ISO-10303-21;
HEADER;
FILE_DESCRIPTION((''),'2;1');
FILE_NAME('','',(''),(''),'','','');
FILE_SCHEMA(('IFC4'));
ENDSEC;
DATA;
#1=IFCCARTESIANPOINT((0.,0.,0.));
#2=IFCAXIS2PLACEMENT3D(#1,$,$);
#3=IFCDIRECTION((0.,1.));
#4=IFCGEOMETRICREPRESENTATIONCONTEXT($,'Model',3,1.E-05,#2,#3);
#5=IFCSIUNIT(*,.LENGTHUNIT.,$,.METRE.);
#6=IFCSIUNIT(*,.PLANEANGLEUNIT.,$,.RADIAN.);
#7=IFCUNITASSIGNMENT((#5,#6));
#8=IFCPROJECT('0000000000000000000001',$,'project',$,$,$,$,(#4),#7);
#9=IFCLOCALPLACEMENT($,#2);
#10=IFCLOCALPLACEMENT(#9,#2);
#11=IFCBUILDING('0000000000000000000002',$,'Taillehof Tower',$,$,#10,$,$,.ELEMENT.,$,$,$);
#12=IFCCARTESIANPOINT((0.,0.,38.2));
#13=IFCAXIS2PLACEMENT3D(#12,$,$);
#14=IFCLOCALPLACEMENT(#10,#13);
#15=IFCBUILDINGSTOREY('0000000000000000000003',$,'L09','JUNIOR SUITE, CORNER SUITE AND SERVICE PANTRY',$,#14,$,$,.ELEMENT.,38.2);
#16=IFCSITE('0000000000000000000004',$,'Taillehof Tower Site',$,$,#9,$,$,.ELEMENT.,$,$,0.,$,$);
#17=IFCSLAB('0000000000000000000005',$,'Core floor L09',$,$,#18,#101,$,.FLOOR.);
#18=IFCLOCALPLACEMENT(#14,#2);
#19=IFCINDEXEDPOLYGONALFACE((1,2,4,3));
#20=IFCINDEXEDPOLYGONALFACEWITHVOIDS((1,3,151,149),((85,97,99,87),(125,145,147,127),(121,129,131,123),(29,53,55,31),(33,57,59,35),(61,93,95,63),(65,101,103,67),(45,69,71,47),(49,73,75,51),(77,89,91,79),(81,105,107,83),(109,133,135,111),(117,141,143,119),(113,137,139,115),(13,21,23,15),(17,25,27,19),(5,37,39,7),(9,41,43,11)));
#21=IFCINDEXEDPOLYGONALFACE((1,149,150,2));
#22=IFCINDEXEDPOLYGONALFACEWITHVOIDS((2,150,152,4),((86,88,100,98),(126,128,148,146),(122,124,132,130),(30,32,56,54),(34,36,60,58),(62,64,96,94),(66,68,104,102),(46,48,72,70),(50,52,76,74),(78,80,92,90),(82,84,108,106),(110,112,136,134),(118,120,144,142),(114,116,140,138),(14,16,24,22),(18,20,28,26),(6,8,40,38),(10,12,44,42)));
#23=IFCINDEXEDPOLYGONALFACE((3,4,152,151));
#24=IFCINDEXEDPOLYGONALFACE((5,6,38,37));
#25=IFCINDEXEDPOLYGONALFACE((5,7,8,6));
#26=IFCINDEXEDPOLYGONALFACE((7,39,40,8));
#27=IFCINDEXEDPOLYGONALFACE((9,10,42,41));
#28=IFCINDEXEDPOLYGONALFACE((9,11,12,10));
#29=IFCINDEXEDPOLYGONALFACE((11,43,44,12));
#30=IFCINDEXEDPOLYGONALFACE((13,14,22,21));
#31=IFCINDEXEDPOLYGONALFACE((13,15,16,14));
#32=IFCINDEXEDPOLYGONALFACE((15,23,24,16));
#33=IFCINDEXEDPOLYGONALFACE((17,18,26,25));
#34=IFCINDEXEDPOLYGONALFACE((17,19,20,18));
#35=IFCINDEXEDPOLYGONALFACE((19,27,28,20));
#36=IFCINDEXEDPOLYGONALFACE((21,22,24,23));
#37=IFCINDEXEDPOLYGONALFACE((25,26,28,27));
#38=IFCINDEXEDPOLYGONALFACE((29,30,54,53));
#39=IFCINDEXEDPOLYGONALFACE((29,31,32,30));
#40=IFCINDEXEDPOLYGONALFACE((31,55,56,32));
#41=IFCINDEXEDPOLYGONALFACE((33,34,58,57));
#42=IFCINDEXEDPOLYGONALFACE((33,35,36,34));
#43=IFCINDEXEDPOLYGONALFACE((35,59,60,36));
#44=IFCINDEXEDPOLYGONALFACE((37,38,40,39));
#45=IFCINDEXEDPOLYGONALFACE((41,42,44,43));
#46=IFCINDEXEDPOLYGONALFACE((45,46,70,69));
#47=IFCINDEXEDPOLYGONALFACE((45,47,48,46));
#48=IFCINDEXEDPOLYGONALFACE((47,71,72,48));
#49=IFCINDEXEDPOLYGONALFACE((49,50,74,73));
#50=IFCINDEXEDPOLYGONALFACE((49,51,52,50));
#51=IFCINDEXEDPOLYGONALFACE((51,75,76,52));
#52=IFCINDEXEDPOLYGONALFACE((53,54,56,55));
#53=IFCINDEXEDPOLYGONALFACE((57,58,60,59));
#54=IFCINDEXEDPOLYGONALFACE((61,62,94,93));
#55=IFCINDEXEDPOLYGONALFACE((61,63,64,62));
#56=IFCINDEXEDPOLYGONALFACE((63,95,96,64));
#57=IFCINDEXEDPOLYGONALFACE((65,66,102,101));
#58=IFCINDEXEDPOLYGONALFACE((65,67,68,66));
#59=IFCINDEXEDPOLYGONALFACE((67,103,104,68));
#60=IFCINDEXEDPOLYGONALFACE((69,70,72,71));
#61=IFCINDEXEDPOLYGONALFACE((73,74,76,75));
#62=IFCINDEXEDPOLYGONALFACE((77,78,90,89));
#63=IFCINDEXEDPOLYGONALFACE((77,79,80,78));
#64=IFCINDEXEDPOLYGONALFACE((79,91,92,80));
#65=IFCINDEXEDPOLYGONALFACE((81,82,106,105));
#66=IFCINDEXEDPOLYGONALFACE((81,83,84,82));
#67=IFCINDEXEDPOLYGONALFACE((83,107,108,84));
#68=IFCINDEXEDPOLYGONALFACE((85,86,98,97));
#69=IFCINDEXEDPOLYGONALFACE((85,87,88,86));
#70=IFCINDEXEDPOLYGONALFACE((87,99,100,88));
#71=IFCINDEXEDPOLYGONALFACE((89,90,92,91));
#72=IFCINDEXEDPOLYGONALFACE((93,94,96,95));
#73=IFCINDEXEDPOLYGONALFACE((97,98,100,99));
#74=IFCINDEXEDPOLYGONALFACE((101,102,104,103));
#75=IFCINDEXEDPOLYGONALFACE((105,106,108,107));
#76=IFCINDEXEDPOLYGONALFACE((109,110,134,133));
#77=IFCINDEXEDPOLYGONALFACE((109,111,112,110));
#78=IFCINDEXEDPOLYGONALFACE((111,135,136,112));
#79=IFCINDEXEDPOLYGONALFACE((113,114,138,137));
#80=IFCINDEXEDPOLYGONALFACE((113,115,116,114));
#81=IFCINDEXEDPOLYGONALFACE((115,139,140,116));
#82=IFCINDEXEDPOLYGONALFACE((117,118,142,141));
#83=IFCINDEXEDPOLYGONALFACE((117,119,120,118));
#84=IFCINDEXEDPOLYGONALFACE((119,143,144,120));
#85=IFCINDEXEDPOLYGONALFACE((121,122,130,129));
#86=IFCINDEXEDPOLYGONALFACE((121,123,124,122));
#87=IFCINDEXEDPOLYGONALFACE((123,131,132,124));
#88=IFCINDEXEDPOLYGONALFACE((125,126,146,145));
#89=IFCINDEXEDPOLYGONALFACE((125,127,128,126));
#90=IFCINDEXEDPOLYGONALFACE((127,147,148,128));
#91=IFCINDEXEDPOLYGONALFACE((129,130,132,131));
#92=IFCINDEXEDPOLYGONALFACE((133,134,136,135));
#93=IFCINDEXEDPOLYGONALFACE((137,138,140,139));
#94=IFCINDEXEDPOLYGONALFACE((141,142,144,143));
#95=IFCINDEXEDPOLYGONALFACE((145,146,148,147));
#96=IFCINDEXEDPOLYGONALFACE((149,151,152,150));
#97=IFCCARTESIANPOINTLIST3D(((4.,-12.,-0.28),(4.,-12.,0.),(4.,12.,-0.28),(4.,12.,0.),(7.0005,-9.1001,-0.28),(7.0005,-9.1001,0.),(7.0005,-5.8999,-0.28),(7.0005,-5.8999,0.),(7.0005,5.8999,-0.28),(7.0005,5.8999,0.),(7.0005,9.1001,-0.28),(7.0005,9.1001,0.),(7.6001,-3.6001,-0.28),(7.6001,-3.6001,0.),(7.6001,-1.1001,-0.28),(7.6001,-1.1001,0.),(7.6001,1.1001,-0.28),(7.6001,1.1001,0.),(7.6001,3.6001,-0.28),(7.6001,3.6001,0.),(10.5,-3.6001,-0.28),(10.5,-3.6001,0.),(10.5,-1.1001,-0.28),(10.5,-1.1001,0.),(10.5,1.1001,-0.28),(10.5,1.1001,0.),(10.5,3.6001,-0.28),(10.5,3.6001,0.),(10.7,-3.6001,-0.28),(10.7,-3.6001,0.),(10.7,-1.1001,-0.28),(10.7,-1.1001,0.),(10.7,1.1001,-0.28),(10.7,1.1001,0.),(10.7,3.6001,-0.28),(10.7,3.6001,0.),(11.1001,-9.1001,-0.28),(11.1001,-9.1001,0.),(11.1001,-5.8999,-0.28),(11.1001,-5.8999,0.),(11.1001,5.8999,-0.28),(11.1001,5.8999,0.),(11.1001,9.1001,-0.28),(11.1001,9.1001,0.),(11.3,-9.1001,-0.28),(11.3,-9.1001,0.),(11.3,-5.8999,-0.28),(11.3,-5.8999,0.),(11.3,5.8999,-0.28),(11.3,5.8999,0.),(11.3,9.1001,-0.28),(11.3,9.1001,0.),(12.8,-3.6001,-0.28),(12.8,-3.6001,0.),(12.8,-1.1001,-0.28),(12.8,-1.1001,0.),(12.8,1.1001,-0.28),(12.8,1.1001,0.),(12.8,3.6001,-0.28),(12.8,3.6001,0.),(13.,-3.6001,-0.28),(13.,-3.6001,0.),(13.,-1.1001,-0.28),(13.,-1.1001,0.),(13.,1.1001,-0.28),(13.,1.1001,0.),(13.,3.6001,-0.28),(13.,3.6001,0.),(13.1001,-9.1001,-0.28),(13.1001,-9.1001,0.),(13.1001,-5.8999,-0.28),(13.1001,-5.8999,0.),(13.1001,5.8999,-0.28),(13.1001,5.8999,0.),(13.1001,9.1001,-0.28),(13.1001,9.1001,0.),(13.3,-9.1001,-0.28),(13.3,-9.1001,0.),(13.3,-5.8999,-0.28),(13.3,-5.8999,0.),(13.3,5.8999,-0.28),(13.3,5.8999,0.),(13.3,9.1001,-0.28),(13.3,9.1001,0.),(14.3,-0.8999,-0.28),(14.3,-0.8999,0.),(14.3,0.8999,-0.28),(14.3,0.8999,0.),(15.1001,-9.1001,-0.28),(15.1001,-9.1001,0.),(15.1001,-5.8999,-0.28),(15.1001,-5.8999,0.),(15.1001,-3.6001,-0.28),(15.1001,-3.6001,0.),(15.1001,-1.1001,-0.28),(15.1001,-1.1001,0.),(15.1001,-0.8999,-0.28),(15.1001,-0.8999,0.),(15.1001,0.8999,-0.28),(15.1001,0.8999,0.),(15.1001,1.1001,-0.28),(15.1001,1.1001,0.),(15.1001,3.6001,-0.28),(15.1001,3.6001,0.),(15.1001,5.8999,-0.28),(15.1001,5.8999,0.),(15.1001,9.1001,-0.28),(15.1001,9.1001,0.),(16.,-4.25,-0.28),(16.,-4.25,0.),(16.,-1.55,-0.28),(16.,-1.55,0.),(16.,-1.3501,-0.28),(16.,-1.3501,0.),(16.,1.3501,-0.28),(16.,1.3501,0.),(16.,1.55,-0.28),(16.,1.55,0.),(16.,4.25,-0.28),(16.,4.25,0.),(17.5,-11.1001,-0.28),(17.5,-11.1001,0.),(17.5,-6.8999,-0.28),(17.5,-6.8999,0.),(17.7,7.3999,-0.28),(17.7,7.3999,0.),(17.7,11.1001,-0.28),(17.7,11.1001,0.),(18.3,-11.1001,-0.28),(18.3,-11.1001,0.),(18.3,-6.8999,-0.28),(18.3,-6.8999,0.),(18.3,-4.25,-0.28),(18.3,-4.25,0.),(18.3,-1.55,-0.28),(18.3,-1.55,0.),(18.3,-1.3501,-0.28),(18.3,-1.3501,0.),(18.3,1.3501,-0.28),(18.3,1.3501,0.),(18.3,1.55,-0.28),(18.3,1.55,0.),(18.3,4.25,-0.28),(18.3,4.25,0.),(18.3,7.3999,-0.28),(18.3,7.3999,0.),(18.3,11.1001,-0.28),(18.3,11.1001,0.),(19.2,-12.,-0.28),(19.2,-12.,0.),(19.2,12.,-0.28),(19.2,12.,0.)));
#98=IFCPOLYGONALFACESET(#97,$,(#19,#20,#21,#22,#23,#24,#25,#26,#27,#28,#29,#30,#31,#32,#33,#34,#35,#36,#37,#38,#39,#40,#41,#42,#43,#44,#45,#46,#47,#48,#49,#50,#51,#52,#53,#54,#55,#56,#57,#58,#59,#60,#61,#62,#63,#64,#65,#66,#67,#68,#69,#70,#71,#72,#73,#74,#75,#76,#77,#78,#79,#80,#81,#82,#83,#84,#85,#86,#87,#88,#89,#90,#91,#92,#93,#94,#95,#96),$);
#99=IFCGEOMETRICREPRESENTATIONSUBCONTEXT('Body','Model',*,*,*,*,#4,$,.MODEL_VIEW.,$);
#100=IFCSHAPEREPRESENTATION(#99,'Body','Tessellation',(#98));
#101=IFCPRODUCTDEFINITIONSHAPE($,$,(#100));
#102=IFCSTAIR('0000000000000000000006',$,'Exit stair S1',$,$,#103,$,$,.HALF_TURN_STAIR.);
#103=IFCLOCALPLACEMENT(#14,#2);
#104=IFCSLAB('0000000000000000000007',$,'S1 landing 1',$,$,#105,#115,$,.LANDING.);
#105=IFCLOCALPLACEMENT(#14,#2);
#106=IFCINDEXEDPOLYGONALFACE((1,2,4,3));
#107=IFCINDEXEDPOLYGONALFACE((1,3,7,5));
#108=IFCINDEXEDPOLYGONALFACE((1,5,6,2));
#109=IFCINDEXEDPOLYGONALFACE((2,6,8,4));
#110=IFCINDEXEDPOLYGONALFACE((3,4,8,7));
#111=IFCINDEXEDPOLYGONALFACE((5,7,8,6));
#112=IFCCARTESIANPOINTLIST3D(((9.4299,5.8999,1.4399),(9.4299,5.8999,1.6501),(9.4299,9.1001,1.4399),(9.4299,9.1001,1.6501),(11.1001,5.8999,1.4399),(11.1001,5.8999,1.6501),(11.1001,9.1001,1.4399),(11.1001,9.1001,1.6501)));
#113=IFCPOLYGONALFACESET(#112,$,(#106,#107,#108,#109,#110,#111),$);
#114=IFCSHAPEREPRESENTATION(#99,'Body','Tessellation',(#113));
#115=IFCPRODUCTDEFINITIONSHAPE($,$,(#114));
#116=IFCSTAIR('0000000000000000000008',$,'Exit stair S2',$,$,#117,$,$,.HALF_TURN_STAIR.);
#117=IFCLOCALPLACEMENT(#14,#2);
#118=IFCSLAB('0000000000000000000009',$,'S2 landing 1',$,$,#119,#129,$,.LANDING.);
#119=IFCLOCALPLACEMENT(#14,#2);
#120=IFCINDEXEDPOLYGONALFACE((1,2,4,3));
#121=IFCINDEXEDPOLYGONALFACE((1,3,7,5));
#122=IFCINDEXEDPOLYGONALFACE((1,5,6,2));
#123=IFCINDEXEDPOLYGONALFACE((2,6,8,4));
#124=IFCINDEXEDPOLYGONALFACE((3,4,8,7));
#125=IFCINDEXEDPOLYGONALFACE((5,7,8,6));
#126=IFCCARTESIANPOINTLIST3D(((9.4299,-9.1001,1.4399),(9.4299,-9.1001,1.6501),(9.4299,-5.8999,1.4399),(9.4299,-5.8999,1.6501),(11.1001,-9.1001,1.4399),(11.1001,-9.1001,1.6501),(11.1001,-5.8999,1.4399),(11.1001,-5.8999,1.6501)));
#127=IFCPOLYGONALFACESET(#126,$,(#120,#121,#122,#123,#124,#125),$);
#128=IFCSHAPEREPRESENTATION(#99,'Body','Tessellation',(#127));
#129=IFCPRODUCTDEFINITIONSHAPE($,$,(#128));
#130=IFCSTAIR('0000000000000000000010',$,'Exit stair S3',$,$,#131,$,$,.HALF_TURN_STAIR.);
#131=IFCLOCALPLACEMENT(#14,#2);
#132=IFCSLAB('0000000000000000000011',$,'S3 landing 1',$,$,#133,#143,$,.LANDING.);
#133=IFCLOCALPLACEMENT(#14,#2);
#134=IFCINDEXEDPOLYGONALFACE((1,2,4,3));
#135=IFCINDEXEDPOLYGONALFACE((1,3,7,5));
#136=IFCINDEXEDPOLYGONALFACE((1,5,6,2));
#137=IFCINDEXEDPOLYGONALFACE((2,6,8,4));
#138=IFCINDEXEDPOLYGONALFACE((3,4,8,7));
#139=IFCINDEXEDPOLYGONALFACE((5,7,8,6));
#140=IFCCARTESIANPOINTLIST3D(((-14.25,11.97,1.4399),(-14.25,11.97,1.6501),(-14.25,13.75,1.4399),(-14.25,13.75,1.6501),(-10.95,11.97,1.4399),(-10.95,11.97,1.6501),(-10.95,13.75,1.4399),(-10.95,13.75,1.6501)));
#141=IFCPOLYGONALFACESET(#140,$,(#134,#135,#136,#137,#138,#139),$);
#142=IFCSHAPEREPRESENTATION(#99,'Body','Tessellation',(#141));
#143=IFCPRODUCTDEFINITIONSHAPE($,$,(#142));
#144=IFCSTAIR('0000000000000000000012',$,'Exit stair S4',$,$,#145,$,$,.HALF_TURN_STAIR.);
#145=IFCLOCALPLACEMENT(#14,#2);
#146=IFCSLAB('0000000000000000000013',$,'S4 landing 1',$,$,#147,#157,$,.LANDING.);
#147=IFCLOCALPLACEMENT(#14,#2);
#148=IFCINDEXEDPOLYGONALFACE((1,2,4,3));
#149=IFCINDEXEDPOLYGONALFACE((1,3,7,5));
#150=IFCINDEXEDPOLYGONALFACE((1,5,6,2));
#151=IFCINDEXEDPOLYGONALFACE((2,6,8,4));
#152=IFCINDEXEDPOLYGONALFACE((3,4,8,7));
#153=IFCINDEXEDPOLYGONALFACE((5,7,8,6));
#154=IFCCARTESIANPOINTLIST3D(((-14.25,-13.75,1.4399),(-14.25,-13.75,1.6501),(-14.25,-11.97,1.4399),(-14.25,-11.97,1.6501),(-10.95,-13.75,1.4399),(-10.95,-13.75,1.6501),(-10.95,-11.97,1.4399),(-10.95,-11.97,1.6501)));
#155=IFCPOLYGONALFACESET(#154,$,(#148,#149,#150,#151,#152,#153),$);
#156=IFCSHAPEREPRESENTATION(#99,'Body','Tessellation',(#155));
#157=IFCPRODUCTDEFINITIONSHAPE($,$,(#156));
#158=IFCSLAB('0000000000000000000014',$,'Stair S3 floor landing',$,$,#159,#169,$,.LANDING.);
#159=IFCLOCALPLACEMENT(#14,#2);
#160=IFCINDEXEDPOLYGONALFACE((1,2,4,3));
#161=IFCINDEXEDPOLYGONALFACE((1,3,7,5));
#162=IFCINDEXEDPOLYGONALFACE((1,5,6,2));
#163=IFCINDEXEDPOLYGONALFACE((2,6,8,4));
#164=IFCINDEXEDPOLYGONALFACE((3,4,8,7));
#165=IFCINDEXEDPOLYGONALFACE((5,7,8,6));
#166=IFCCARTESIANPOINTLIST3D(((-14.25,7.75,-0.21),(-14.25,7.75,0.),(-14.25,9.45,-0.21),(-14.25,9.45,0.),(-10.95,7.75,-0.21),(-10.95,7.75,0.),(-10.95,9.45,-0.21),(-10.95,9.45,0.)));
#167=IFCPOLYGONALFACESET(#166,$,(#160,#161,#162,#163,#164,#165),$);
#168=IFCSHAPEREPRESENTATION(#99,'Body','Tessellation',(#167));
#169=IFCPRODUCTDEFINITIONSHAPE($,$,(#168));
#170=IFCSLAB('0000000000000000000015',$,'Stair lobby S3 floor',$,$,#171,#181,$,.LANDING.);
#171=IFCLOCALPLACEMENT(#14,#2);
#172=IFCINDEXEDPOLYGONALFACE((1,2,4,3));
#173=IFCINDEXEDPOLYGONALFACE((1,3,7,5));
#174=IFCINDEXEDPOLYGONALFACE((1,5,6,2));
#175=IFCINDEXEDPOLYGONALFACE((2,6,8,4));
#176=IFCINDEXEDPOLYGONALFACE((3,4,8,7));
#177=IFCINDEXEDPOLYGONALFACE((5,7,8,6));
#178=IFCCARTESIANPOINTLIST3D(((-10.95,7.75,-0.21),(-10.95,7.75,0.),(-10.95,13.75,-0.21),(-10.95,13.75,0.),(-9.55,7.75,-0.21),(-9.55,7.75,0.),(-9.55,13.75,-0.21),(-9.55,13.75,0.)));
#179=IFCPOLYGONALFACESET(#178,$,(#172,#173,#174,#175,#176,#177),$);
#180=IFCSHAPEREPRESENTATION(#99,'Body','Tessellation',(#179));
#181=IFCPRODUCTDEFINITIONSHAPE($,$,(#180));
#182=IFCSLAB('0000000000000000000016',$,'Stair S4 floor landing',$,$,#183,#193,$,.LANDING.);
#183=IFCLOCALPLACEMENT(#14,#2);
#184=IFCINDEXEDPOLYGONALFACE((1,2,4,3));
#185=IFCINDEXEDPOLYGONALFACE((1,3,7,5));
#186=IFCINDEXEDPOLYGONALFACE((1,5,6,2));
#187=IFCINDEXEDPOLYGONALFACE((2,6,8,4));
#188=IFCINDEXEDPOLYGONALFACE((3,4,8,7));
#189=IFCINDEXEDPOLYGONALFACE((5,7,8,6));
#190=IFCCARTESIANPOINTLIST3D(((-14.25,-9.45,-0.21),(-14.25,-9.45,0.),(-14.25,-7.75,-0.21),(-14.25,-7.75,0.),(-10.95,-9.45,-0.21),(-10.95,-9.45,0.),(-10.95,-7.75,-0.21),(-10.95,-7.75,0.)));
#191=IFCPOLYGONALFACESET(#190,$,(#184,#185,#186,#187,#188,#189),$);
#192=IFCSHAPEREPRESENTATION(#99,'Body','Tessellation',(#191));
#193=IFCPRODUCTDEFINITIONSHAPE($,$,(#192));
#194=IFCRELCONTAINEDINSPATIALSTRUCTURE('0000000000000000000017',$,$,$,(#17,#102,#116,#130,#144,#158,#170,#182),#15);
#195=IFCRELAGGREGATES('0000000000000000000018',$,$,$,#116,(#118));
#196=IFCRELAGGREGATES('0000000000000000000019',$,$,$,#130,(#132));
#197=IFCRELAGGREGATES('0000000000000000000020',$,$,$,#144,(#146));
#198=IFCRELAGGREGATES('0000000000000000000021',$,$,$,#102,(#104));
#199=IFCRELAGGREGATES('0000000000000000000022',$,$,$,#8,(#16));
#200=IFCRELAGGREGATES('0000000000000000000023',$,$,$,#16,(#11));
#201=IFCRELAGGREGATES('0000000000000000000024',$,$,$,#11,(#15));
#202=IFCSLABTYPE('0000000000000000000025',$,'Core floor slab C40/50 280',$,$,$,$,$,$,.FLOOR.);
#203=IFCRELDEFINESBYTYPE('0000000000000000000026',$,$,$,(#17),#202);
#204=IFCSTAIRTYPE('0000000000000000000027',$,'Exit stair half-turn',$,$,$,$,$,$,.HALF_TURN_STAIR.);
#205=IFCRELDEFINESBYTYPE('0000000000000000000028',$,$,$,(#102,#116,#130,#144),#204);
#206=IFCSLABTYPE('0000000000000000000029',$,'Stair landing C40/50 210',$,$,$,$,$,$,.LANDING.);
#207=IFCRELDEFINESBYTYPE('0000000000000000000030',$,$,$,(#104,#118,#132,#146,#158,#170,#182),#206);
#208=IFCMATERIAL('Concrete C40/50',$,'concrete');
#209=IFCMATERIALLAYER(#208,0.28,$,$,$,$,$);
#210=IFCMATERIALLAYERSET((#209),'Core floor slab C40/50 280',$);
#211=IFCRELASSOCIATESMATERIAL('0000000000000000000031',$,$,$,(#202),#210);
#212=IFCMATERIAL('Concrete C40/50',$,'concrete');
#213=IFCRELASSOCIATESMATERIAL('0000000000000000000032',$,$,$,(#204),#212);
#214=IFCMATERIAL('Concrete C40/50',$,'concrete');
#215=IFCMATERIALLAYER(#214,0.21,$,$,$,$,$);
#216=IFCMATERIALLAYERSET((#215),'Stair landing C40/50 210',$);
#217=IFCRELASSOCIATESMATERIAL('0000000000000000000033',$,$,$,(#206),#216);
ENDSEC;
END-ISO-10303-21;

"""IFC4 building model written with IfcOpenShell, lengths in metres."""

from ifc_helpers import new_model, si_unit, direction, frame, origin, place, context, subcontext, project, spatial, polyline, outline, extrude, material, layer, layer_set, type_object, element, aggregate, save


model = new_model("IFC4")

# Units and contexts
model_context = context("Model", 3, precision=1e-05, world=origin(), true_north=direction((0.0, 1.0)))
body_context = subcontext(model_context, "Body", "Model", "MODEL_VIEW")
ifc_project = project(units=[si_unit("LENGTHUNIT", "METRE"), si_unit("PLANEANGLEUNIT", "RADIAN")], contexts=[model_context])

# Site, building, storey
site_placement = place(None, origin())
site = spatial("IfcSite", under=ifc_project, at=site_placement, Name="Taillehof Tower Site", CompositionType="ELEMENT", RefElevation=0.0)
building_placement = place(site_placement, origin())
building = spatial("IfcBuilding", under=site, at=building_placement, Name="Taillehof Tower", CompositionType="ELEMENT")
storey_placement = place(building_placement, frame((0.0, 0.0, 38.2)))
storey = spatial("IfcBuildingStorey", under=building, at=storey_placement, Name="L09", Description="JUNIOR SUITE, CORNER SUITE AND SERVICE PANTRY", CompositionType="ELEMENT", Elevation=38.2)

# Slab
ifc_material_1 = material(Name="Concrete C40/50", Category="concrete")
ifc_layer_1 = layer(ifc_material_1, 0.28)
ifc_layer_set_1 = layer_set([ifc_layer_1], Name="Core floor slab C40/50 280")
slab_type_1 = type_object("IfcSlabType", Name="Core floor slab C40/50 280", PredefinedType="FLOOR", material=ifc_layer_set_1)
slab_1_placement = place(storey_placement, frame((0.0, 0.0, -0.28)))
element("IfcSlab", 1, at=slab_1_placement, inside=storey, type_object=slab_type_1, Name="Core floor L09", PredefinedType="FLOOR", context=body_context, shape_type="SweptSolid", body=[
    extrude(outline(polyline([(4.0, -12.0), (4.0, 12.0), (19.2, 12.0), (19.2, -12.0), (4.0, -12.0)]), holes=[polyline([(7.0005, -9.1001), (11.1001, -9.1001), (11.1001, -5.8999), (7.0005, -5.8999), (7.0005, -9.1001)]), polyline([(13.1001, -9.1001), (13.1001, -5.8999), (11.3, -5.8999), (11.3, -9.1001), (13.1001, -9.1001)]), polyline([(10.5, -3.6001), (10.5, -1.1001), (7.6001, -1.1001), (7.6001, -3.6001), (10.5, -3.6001)]), polyline([(12.8, -3.6001), (12.8, -1.1001), (10.7, -1.1001), (10.7, -3.6001), (12.8, -3.6001)]), polyline([(10.5, 1.1001), (10.5, 3.6001), (7.6001, 3.6001), (7.6001, 1.1001), (10.5, 1.1001)]), polyline([(12.8, 1.1001), (12.8, 3.6001), (10.7, 3.6001), (10.7, 1.1001), (12.8, 1.1001)]), polyline([(15.1001, 1.1001), (15.1001, 3.6001), (13.0, 3.6001), (13.0, 1.1001), (15.1001, 1.1001)]), polyline([(11.3, 5.8999), (13.1001, 5.8999), (13.1001, 9.1001), (11.3, 9.1001), (11.3, 5.8999)]), polyline([(7.0005, 5.8999), (11.1001, 5.8999), (11.1001, 9.1001), (7.0005, 9.1001), (7.0005, 5.8999)]), polyline([(18.3, -11.1001), (18.3, -6.8999), (17.5, -6.8999), (17.5, -11.1001), (18.3, -11.1001)]), polyline([(15.1001, -9.1001), (15.1001, -5.8999), (13.3, -5.8999), (13.3, -9.1001), (15.1001, -9.1001)]), polyline([(18.3, -4.25), (18.3, -1.55), (16.0, -1.55), (16.0, -4.25), (18.3, -4.25)]), polyline([(15.1001, -3.6001), (15.1001, -1.1001), (13.0, -1.1001), (13.0, -3.6001), (15.1001, -3.6001)]), polyline([(15.1001, -0.8999), (15.1001, 0.8999), (14.3, 0.8999), (14.3, -0.8999), (15.1001, -0.8999)]), polyline([(18.3, -1.3501), (18.3, 1.3501), (16.0, 1.3501), (16.0, -1.3501), (18.3, -1.3501)]), polyline([(18.3, 1.55), (18.3, 4.25), (16.0, 4.25), (16.0, 1.55), (18.3, 1.55)]), polyline([(13.3, 5.8999), (15.1001, 5.8999), (15.1001, 9.1001), (13.3, 9.1001), (13.3, 5.8999)]), polyline([(18.3, 7.3999), (18.3, 11.1001), (17.7, 11.1001), (17.7, 7.3999), (18.3, 7.3999)])]), origin(), (0.0, 0.0, 1.0), 0.28),
])

# Stairs, slabs
ifc_material_2 = material(Name="Concrete C40/50", Category="concrete")
stair_type = type_object("IfcStairType", Name="Exit stair half-turn", PredefinedType="HALF_TURN_STAIR", material=ifc_material_2)
stair_1_placement = place(storey_placement, origin())
stair_1 = element("IfcStair", 2, at=stair_1_placement, inside=storey, type_object=stair_type, Name="Exit stair S1", PredefinedType="HALF_TURN_STAIR")
ifc_material_3 = material(Name="Concrete C40/50", Category="concrete")
ifc_layer_2 = layer(ifc_material_3, 0.21)
ifc_layer_set_2 = layer_set([ifc_layer_2], Name="Stair landing C40/50 210")
slab_type_2 = type_object("IfcSlabType", Name="Stair landing C40/50 210", PredefinedType="LANDING", material=ifc_layer_set_2)
slab_2_placement = place(storey_placement, frame((0.0, 0.0, 1.4399)))
slab_2 = element("IfcSlab", 3, at=slab_2_placement, type_object=slab_type_2, Name="S1 landing 1", PredefinedType="LANDING", context=body_context, shape_type="SweptSolid", body=[
    extrude(outline(polyline([(9.4299, 5.8999), (11.1001, 5.8999), (11.1001, 9.1001), (9.4299, 9.1001), (9.4299, 5.8999)])), origin(), (0.0, 0.0, 1.0), 0.2102),
])
stair_2_placement = place(storey_placement, origin())
stair_2 = element("IfcStair", 4, at=stair_2_placement, inside=storey, type_object=stair_type, Name="Exit stair S2", PredefinedType="HALF_TURN_STAIR")
slab_3_placement = place(storey_placement, frame((0.0, 0.0, 1.4399)))
slab_3 = element("IfcSlab", 5, at=slab_3_placement, type_object=slab_type_2, Name="S2 landing 1", PredefinedType="LANDING", context=body_context, shape_type="SweptSolid", body=[
    extrude(outline(polyline([(9.4299, -5.8999), (11.1001, -5.8999), (11.1001, -9.1001), (9.4299, -9.1001), (9.4299, -5.8999)])), origin(), (0.0, 0.0, 1.0), 0.2102),
])
aggregate(stair_2, [slab_3])
stair_3_placement = place(storey_placement, origin())
stair_3 = element("IfcStair", 6, at=stair_3_placement, inside=storey, type_object=stair_type, Name="Exit stair S3", PredefinedType="HALF_TURN_STAIR")
slab_4_placement = place(storey_placement, frame((0.0, 0.0, 1.4399)))
slab_4 = element("IfcSlab", 7, at=slab_4_placement, type_object=slab_type_2, Name="S3 landing 1", PredefinedType="LANDING", context=body_context, shape_type="SweptSolid", body=[
    extrude(outline(polyline([(-14.25, 11.97), (-14.25, 13.75), (-10.95, 13.75), (-10.95, 11.97), (-14.25, 11.97)])), origin(), (0.0, 0.0, 1.0), 0.2102),
])
aggregate(stair_3, [slab_4])
stair_4_placement = place(storey_placement, origin())
stair_4 = element("IfcStair", 8, at=stair_4_placement, inside=storey, type_object=stair_type, Name="Exit stair S4", PredefinedType="HALF_TURN_STAIR")
slab_5_placement = place(storey_placement, frame((0.0, 0.0, 1.4399)))
slab_5 = element("IfcSlab", 9, at=slab_5_placement, type_object=slab_type_2, Name="S4 landing 1", PredefinedType="LANDING", context=body_context, shape_type="SweptSolid", body=[
    extrude(outline(polyline([(-14.25, -11.97), (-14.25, -13.75), (-10.95, -13.75), (-10.95, -11.97), (-14.25, -11.97)])), origin(), (0.0, 0.0, 1.0), 0.2102),
])
aggregate(stair_4, [slab_5])

# Slabs
slab_6_placement = place(storey_placement, frame((0.0, 0.0, -0.21)))
element("IfcSlab", 10, at=slab_6_placement, inside=storey, type_object=slab_type_2, Name="Stair S3 floor landing", PredefinedType="LANDING", context=body_context, shape_type="SweptSolid", body=[
    extrude(outline(polyline([(-14.25, 7.75), (-14.25, 9.45), (-10.95, 9.45), (-10.95, 7.75), (-14.25, 7.75)])), origin(), (0.0, 0.0, 1.0), 0.21),
])
slab_7_placement = place(storey_placement, frame((0.0, 0.0, -0.21)))
element("IfcSlab", 11, at=slab_7_placement, inside=storey, type_object=slab_type_2, Name="Stair lobby S3 floor", PredefinedType="LANDING", context=body_context, shape_type="SweptSolid", body=[
    extrude(outline(polyline([(-10.95, 7.75), (-9.55, 7.75), (-9.55, 13.75), (-10.95, 13.75), (-10.95, 7.75)])), origin(), (0.0, 0.0, 1.0), 0.21),
])
slab_8_placement = place(storey_placement, frame((0.0, 0.0, -0.21)))
element("IfcSlab", 12, at=slab_8_placement, inside=storey, type_object=slab_type_2, Name="Stair S4 floor landing", PredefinedType="LANDING", context=body_context, shape_type="SweptSolid", body=[
    extrude(outline(polyline([(-14.25, -7.75), (-14.25, -9.45), (-10.95, -9.45), (-10.95, -7.75), (-14.25, -7.75)])), origin(), (0.0, 0.0, 1.0), 0.21),
])

aggregate(stair_1, [slab_2])

save(model, "model.ifc")
